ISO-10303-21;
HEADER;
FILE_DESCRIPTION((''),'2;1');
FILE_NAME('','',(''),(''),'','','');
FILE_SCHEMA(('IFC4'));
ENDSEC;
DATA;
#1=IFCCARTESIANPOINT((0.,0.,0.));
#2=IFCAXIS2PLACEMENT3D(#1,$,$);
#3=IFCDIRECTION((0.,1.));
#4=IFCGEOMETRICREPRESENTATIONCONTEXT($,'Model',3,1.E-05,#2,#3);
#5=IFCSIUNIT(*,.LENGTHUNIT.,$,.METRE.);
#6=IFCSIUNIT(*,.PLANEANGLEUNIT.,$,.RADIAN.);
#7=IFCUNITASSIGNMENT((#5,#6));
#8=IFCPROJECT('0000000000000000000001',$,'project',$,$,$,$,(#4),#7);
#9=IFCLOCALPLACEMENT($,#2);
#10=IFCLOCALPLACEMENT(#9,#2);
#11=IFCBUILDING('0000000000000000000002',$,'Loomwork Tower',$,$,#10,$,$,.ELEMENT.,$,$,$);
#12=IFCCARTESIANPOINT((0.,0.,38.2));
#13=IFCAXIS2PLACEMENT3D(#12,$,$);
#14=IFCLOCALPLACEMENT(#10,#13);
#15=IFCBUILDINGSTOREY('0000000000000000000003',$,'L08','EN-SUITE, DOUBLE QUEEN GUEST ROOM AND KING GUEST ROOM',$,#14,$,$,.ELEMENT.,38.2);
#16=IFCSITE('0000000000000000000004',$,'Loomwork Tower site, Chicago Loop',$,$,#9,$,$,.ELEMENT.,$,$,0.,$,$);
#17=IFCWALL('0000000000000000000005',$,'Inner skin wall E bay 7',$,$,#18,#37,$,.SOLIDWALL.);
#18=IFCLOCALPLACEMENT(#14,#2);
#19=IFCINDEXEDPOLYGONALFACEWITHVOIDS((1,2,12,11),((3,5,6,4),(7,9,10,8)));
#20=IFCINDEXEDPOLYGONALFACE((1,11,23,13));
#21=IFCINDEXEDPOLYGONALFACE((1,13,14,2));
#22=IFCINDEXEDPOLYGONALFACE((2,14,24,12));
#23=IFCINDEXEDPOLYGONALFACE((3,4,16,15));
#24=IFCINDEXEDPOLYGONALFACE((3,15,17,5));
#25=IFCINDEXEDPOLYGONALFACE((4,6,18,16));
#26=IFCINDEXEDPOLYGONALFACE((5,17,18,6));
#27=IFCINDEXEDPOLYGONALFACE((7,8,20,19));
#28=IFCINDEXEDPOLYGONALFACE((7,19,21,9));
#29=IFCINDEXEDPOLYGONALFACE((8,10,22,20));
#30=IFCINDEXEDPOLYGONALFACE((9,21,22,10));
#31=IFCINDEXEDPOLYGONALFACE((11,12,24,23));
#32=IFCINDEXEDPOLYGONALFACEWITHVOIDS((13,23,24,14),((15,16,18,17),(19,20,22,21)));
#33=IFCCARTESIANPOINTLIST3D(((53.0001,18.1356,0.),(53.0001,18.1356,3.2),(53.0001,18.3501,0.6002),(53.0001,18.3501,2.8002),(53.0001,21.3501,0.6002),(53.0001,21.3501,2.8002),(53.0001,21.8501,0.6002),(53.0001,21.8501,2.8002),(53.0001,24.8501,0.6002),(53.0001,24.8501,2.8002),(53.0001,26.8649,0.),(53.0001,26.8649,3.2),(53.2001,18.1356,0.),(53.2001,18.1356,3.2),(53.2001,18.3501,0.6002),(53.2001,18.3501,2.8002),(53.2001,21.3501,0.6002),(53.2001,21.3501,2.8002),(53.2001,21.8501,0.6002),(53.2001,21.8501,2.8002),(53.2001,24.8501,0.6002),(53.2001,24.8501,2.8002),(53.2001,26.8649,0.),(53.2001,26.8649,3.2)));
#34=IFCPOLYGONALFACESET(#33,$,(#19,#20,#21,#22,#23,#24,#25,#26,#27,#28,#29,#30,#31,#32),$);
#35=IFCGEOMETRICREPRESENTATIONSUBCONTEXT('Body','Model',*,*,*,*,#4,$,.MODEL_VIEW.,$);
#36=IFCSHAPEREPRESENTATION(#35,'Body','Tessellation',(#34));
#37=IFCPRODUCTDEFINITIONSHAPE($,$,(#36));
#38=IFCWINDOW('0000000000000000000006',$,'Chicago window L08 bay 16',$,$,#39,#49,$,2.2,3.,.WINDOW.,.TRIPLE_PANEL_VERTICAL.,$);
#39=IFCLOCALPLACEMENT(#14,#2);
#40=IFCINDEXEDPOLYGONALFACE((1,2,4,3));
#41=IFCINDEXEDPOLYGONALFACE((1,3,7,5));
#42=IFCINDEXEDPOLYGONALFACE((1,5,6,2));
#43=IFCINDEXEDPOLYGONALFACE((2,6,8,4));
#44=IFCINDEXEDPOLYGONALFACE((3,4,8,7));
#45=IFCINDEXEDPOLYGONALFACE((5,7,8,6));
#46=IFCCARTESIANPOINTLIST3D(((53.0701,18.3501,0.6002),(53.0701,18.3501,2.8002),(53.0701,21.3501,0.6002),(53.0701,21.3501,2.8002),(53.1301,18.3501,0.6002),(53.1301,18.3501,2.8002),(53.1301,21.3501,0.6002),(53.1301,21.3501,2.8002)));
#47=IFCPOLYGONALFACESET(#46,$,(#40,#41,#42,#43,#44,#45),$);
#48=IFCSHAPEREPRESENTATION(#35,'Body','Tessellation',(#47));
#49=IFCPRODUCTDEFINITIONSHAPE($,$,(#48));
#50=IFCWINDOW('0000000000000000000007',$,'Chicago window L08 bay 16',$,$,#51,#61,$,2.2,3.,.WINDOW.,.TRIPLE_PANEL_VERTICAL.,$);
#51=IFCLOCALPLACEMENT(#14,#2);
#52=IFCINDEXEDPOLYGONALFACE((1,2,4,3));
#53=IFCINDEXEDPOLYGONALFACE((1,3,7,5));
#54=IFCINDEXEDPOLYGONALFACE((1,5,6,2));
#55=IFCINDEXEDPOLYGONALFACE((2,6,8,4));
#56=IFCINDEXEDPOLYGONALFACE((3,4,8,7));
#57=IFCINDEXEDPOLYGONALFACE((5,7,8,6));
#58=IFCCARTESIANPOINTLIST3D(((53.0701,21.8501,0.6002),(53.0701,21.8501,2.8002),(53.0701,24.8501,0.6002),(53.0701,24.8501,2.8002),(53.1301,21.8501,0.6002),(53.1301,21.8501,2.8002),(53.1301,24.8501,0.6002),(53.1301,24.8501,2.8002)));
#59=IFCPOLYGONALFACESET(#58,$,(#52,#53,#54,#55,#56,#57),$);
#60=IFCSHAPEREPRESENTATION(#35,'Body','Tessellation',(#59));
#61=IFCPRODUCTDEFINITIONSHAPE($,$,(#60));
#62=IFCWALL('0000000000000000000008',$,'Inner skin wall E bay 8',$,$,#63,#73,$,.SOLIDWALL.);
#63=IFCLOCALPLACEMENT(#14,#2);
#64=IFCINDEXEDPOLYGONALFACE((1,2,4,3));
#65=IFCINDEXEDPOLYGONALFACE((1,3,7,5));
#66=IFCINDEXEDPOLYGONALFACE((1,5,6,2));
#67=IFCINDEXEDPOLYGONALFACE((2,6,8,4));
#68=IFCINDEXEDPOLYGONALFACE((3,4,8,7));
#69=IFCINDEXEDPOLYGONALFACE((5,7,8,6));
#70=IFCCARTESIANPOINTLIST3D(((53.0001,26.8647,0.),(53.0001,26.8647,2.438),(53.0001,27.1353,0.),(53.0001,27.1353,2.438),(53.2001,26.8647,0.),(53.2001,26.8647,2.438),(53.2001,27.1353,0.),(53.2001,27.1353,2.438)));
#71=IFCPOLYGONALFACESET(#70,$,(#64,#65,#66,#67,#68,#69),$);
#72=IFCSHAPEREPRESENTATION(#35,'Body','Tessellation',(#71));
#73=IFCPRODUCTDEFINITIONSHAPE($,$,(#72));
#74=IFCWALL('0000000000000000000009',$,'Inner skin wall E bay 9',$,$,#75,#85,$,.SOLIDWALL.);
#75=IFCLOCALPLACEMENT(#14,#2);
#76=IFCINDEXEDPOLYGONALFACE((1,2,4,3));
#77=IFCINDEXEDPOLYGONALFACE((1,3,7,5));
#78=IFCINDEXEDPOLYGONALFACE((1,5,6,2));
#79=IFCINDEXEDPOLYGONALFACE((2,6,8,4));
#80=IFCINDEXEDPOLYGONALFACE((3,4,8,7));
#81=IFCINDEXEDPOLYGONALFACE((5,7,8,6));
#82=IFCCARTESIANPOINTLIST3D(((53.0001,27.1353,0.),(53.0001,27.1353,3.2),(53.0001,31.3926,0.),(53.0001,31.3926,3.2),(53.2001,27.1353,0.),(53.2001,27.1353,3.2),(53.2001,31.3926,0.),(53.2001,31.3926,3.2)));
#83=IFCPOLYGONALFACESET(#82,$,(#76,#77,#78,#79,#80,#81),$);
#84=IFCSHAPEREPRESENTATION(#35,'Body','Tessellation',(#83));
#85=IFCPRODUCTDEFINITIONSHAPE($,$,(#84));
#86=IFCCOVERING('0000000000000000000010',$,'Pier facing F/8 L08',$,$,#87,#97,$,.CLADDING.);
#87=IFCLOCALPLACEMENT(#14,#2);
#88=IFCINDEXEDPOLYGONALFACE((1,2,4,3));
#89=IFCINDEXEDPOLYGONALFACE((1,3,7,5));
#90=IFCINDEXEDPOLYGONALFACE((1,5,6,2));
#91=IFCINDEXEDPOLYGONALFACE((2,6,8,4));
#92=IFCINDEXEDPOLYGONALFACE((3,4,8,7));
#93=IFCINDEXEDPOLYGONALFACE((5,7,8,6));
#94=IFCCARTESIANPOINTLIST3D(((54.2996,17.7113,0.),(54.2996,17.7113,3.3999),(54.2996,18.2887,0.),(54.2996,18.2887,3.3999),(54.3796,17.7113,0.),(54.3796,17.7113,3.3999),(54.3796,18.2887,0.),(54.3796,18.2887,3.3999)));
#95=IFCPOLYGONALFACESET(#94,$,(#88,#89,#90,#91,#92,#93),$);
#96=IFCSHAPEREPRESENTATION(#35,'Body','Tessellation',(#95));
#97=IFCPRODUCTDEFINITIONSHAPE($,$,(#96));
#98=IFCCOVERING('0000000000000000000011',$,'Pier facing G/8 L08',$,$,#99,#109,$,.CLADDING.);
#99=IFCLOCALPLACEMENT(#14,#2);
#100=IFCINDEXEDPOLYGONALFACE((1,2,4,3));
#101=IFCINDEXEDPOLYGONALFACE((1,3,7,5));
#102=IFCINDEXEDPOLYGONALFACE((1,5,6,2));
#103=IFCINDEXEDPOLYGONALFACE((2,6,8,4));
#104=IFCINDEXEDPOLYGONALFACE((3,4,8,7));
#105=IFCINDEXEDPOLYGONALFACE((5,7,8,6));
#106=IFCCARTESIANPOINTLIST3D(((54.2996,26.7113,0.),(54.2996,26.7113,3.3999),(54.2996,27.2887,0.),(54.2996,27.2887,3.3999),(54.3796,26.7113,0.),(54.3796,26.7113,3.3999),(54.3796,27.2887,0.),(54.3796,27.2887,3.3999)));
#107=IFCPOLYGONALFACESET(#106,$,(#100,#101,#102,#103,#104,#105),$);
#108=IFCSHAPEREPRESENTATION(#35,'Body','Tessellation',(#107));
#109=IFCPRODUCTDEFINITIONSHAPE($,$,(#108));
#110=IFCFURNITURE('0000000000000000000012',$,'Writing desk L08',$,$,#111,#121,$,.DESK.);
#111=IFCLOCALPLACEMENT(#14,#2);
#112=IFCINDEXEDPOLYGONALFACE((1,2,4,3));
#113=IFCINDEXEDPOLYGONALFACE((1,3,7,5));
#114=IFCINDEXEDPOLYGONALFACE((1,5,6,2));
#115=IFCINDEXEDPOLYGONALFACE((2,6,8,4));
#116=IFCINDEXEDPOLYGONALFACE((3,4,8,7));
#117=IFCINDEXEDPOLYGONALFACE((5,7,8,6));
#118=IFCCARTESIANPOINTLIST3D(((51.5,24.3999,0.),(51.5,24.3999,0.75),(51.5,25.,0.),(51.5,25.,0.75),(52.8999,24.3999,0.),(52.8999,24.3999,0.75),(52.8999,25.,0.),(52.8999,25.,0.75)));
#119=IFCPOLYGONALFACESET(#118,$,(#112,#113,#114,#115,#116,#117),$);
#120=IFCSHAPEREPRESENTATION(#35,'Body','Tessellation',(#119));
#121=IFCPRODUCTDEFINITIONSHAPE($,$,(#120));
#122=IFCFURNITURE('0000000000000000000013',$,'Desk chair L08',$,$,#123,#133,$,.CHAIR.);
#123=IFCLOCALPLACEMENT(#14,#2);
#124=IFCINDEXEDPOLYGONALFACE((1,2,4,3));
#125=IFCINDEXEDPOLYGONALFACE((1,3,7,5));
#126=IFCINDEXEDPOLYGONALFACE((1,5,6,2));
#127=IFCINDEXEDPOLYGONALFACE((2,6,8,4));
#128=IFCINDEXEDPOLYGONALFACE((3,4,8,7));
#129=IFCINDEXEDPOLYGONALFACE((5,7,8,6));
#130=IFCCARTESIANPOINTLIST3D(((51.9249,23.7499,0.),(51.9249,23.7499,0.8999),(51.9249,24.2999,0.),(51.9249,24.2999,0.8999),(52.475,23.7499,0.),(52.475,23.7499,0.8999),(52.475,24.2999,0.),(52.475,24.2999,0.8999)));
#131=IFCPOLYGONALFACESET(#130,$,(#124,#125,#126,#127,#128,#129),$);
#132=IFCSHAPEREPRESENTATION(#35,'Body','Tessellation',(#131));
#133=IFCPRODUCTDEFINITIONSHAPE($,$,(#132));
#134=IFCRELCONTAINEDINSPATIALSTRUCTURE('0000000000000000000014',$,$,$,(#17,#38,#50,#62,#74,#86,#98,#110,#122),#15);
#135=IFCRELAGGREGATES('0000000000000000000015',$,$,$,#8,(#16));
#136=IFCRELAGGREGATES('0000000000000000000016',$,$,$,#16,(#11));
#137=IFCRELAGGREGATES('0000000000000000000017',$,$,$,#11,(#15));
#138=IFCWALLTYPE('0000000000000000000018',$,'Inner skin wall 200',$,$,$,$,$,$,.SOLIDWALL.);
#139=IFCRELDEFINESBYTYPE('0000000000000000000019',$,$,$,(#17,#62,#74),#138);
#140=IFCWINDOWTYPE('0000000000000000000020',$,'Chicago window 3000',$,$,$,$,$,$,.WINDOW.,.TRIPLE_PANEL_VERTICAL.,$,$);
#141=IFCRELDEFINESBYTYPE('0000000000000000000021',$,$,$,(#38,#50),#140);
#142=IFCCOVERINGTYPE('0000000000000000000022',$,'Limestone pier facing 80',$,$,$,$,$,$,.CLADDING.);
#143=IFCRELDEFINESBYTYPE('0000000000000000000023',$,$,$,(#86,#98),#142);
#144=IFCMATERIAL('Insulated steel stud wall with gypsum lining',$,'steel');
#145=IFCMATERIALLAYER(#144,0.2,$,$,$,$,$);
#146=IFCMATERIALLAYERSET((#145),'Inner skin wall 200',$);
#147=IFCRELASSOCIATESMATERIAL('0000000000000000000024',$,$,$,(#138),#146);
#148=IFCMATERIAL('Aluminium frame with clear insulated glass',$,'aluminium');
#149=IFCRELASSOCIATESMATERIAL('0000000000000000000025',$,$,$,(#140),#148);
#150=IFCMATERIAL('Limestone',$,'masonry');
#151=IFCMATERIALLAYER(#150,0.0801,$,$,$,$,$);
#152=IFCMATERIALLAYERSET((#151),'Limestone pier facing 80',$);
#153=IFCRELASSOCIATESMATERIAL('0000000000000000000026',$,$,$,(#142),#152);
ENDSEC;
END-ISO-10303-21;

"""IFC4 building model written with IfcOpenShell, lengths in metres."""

from ifc_helpers import new_model, si_unit, direction, frame, frame_2d, origin, origin_2d, place, context, subcontext, project, spatial, rectangle, extrude, material, layer, layer_set, type_object, element, fill, save


model = new_model("IFC4")

# Units and contexts
model_context = context("Model", 3, precision=1e-05, world=origin(), true_north=direction((0.0, 1.0)))
body_context = subcontext(model_context, "Body", "Model", "MODEL_VIEW")
ifc_project = project(units=[si_unit("LENGTHUNIT", "METRE"), si_unit("PLANEANGLEUNIT", "RADIAN")], contexts=[model_context])

# Site, building, storey
site_placement = place(None, origin())
site = spatial("IfcSite", under=ifc_project, at=site_placement, Name="Loomwork Tower site, Chicago Loop", CompositionType="ELEMENT", RefElevation=0.0)
building_placement = place(site_placement, origin())
building = spatial("IfcBuilding", under=site, at=building_placement, Name="Loomwork Tower", CompositionType="ELEMENT")
storey_placement = place(building_placement, frame((0.0, 0.0, 38.2)))
storey = spatial("IfcBuildingStorey", under=building, at=storey_placement, Name="L08", Description="EN-SUITE, DOUBLE QUEEN GUEST ROOM AND KING GUEST ROOM", CompositionType="ELEMENT", Elevation=38.2)

# Wall, openings, windows
ifc_material_1 = material(Name="Insulated steel stud wall with gypsum lining", Category="steel")
ifc_layer_1 = layer(ifc_material_1, 0.2)
ifc_layer_set_1 = layer_set([ifc_layer_1], Name="Inner skin wall 200")
wall_type = type_object("IfcWallType", Name="Inner skin wall 200", PredefinedType="SOLIDWALL", material=ifc_layer_set_1)
wall_1_placement = place(storey_placement, frame((53.1001, 18.1355, 0.0), z_axis=(0.0, 0.0, 1.0), x_axis=(0.0, 1.0, 0.0)))
wall_1 = element("IfcWall", 1, at=wall_1_placement, inside=storey, type_object=wall_type, Name="Inner skin wall E bay 7", PredefinedType="SOLIDWALL", context=body_context, shape_type="SweptSolid", body=[
    extrude(rectangle(XDim=8.7292, YDim=0.2, at=frame_2d((4.3647, 0.0))), origin(), (0.0, 0.0, 1.0), 3.2),
])
opening_1_placement = place(wall_1_placement, frame((0.2146, 0.0, 0.6001)))
opening_1 = element("IfcOpeningElement", 2, at=opening_1_placement, cuts=wall_1, PredefinedType="OPENING", context=body_context, shape_type="SweptSolid", body=[
    extrude(rectangle(XDim=3.0, YDim=2.2, at=frame_2d((1.5, 1.1001))), frame((0.0, 0.1099, 0.0), z_axis=(0.0, -1.0, 0.0), x_axis=(1.0, 0.0, 0.0)), (0.0, 0.0, 1.0), 0.22),
])
opening_2_placement = place(wall_1_placement, frame((3.7146, 0.0, 0.6001)))
opening_2 = element("IfcOpeningElement", 3, at=opening_2_placement, cuts=wall_1, PredefinedType="OPENING", context=body_context, shape_type="SweptSolid", body=[
    extrude(rectangle(XDim=3.0, YDim=2.2, at=frame_2d((1.5, 1.1001))), frame((0.0, 0.1099, 0.0), z_axis=(0.0, -1.0, 0.0), x_axis=(1.0, 0.0, 0.0)), (0.0, 0.0, 1.0), 0.22),
])
ifc_material_2 = material(Name="Aluminium frame with clear insulated glass", Category="aluminium")
window_type = type_object("IfcWindowType", Name="Chicago window 3000", PartitioningType="TRIPLE_PANEL_VERTICAL", PredefinedType="WINDOW", material=ifc_material_2)
window_1_placement = place(opening_1_placement, origin())
window_1 = element("IfcWindow", 4, at=window_1_placement, inside=storey, type_object=window_type, Name="Chicago window L08 bay 16", OverallHeight=2.2, OverallWidth=3.0, PartitioningType="TRIPLE_PANEL_VERTICAL", PredefinedType="WINDOW", context=body_context, shape_type="SweptSolid", body=[
    extrude(rectangle(XDim=3.0, YDim=2.2, at=frame_2d((1.5, 1.1001))), frame((0.0, 0.03, 0.0), z_axis=(0.0, -1.0, 0.0), x_axis=(1.0, 0.0, 0.0)), (0.0, 0.0, 1.0), 0.0601),
])
fill(opening_1, window_1)
window_2_placement = place(opening_2_placement, origin())
window_2 = element("IfcWindow", 5, at=window_2_placement, inside=storey, type_object=window_type, Name="Chicago window L08 bay 16", OverallHeight=2.2, OverallWidth=3.0, PartitioningType="TRIPLE_PANEL_VERTICAL", PredefinedType="WINDOW", context=body_context, shape_type="SweptSolid", body=[
    extrude(rectangle(XDim=3.0, YDim=2.2, at=frame_2d((1.5, 1.1001))), frame((0.0, 0.03, 0.0), z_axis=(0.0, -1.0, 0.0), x_axis=(1.0, 0.0, 0.0)), (0.0, 0.0, 1.0), 0.0601),
])
fill(opening_2, window_2)

# Walls
wall_2_placement = place(storey_placement, frame((53.1001, 26.8647, 0.0), z_axis=(0.0, 0.0, 1.0), x_axis=(0.0, 1.0, 0.0)))
element("IfcWall", 6, at=wall_2_placement, inside=storey, type_object=wall_type, Name="Inner skin wall E bay 8", PredefinedType="SOLIDWALL", context=body_context, shape_type="SweptSolid", body=[
    extrude(rectangle(XDim=0.2705, YDim=0.2, at=frame_2d((0.1353, 0.0))), origin(), (0.0, 0.0, 1.0), 2.438),
])
wall_3_placement = place(storey_placement, frame((53.1001, 27.1353, 0.0), z_axis=(0.0, 0.0, 1.0), x_axis=(0.0, 1.0, 0.0)))
element("IfcWall", 7, at=wall_3_placement, inside=storey, type_object=wall_type, Name="Inner skin wall E bay 9", PredefinedType="SOLIDWALL", context=body_context, shape_type="SweptSolid", body=[
    extrude(rectangle(XDim=4.2573, YDim=0.2, at=frame_2d((2.1287, 0.0))), origin(), (0.0, 0.0, 1.0), 3.2),
])

# Coverings
ifc_material_3 = material(Name="Limestone", Category="masonry")
ifc_layer_2 = layer(ifc_material_3, 0.0801)
ifc_layer_set_2 = layer_set([ifc_layer_2], Name="Limestone pier facing 80")
covering_type = type_object("IfcCoveringType", Name="Limestone pier facing 80", PredefinedType="CLADDING", material=ifc_layer_set_2)
for number, where, z_axis, x_axis, name in (
    (8, (54.3396, 18.0, 0.0), (0.0, 0.0, 1.0), (1.0, 0.0, 0.0), "Pier facing F/8 L08"),
    (9, (54.3396, 27.0, 0.0), (0.0, 0.0, 1.0), (1.0, 0.0, 0.0), "Pier facing G/8 L08"),
):
    element("IfcCovering", number, at=place(storey_placement, frame(where, z_axis=z_axis, x_axis=x_axis)), inside=storey, type_object=covering_type, Name=name, PredefinedType="CLADDING", context=body_context, shape_type="SweptSolid", body=[
        extrude(rectangle(XDim=0.0801, YDim=0.5774, at=origin_2d()), origin(), (0.0, 0.0, 1.0), 3.3999),
    ])

# Furniture
furniture_1_placement = place(storey_placement, frame((52.2, 24.7, 0.0), z_axis=(0.0, 0.0, 1.0), x_axis=(1.0, 0.0, 0.0)))
element("IfcFurniture", 10, at=furniture_1_placement, inside=storey, Name="Writing desk L08", PredefinedType="DESK", context=body_context, shape_type="SweptSolid", body=[
    extrude(rectangle(XDim=1.3999, YDim=0.6001, at=origin_2d()), origin(), (0.0, 0.0, 1.0), 0.75),
])
furniture_2_placement = place(storey_placement, frame((52.2, 24.0249, 0.0), z_axis=(0.0, 0.0, 1.0), x_axis=(1.0, 0.0, 0.0)))
element("IfcFurniture", 11, at=furniture_2_placement, inside=storey, Name="Desk chair L08", PredefinedType="CHAIR", context=body_context, shape_type="SweptSolid", body=[
    extrude(rectangle(XDim=0.55, YDim=0.55, at=origin_2d()), origin(), (0.0, 0.0, 1.0), 0.8999),
])

save(model, "model.ifc")
